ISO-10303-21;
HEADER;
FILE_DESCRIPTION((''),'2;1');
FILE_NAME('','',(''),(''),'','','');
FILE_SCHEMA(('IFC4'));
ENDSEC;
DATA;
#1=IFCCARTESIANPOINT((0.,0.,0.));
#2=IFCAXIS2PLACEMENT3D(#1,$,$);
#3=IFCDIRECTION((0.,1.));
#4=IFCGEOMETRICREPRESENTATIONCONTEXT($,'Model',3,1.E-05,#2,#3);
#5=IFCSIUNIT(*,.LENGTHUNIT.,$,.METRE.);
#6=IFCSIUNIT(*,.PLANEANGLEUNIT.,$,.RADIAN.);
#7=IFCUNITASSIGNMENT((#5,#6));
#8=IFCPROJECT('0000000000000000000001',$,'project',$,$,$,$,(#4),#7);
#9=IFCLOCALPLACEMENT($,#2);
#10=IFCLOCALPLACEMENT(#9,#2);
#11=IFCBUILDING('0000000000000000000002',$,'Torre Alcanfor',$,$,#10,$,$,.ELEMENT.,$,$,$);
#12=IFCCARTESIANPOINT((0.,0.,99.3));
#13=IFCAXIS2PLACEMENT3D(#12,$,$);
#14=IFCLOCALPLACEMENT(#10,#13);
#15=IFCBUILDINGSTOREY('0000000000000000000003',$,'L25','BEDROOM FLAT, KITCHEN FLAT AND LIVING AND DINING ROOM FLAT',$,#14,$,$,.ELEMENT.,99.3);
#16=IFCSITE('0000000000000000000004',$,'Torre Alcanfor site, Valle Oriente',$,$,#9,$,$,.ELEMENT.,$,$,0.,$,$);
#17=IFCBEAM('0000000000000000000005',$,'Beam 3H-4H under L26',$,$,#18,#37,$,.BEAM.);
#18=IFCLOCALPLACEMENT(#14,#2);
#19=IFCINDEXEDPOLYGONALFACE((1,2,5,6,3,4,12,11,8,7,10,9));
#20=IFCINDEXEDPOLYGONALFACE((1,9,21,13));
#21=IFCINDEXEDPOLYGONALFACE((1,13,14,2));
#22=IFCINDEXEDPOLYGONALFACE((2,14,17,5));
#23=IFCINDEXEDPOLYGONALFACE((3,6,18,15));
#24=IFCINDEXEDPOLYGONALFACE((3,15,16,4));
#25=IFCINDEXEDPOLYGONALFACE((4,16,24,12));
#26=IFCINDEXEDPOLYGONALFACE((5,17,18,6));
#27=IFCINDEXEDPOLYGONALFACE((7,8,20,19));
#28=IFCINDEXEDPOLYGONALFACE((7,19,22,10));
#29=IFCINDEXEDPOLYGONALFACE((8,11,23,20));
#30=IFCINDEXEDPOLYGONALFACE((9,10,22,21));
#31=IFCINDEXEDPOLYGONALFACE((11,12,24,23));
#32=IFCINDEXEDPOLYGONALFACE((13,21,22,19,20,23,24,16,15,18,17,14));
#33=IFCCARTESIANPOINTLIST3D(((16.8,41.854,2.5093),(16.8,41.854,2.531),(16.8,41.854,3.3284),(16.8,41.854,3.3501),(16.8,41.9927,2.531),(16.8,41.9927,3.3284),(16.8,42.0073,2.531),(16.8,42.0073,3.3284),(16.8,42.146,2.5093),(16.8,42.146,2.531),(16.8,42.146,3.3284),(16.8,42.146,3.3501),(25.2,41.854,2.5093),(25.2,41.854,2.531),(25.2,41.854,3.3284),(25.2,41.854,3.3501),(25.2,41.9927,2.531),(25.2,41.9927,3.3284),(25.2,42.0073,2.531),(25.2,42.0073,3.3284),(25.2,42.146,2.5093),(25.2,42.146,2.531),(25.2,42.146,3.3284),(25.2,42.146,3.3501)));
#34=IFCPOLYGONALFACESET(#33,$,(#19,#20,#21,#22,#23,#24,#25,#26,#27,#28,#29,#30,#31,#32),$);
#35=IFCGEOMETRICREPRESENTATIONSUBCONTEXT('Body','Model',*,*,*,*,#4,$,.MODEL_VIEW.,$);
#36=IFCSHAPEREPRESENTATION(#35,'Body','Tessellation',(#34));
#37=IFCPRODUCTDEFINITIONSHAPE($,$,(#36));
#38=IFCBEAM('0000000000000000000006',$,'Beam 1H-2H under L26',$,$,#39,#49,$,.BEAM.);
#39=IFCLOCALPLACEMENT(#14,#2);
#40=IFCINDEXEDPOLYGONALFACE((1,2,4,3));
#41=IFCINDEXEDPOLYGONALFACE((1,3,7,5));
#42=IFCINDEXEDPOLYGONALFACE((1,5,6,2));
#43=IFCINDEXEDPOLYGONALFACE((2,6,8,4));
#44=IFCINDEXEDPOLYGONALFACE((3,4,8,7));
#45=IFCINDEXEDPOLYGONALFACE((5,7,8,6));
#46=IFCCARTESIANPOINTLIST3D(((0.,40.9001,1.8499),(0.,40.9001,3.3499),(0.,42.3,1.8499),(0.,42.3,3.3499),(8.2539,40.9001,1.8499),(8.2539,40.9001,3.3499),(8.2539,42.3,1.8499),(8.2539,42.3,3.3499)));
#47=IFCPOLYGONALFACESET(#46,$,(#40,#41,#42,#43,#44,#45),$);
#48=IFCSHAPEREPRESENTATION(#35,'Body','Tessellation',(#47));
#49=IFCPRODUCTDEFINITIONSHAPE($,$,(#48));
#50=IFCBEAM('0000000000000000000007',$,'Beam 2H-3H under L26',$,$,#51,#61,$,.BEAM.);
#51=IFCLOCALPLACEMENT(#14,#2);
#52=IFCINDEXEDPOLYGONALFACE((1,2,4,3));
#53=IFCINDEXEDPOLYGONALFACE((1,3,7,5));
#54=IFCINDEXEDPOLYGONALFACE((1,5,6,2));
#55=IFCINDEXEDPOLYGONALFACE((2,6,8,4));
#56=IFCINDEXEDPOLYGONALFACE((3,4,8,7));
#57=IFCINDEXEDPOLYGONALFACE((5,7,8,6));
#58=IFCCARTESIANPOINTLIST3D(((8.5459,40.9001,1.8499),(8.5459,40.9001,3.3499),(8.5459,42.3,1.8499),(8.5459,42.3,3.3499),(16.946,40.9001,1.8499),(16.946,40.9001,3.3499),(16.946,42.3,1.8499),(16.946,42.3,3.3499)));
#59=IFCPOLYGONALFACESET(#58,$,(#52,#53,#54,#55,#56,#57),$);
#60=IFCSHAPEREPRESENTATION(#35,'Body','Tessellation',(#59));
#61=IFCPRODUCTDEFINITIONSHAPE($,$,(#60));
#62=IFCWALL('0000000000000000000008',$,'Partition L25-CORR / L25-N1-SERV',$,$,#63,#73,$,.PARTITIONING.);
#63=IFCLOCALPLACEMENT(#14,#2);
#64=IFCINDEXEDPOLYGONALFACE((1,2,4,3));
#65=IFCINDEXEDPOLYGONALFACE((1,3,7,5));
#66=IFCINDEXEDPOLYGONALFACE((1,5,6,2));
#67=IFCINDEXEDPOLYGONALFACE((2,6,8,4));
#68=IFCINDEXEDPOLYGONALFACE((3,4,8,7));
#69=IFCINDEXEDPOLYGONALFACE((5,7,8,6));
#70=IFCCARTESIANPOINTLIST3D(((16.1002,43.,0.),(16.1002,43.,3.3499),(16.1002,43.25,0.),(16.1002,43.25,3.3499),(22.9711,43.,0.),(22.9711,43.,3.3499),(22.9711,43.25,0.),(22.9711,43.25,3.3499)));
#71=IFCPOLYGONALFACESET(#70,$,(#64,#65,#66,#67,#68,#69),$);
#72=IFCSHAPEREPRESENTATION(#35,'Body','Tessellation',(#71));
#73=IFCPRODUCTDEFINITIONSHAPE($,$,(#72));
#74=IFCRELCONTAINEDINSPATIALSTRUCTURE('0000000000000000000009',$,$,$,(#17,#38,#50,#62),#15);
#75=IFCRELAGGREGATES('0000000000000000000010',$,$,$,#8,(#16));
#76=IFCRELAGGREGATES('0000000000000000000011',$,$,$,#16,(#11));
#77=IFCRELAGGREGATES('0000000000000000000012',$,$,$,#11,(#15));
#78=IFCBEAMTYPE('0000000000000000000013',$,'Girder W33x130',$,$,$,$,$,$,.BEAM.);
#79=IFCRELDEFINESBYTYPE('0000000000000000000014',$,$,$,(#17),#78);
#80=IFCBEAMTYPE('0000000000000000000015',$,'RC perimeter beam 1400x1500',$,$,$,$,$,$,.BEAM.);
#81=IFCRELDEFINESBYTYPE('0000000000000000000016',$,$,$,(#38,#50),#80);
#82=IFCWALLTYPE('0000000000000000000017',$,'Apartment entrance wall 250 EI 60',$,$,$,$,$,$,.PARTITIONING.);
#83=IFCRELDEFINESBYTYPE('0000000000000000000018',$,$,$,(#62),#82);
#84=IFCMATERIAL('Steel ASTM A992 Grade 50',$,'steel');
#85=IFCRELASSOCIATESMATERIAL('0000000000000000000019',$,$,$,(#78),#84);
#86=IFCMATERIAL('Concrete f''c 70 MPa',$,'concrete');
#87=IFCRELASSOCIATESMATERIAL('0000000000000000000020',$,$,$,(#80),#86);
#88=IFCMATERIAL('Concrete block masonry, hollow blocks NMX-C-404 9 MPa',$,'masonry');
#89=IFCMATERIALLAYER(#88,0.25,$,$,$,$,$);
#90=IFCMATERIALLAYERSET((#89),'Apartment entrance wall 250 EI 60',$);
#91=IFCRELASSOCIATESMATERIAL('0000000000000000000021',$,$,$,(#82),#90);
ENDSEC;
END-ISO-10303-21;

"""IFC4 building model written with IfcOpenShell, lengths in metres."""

from ifc_helpers import new_model, si_unit, direction, frame, frame_2d, origin, origin_2d, place, context, subcontext, project, spatial, rectangle, i_section, extrude, material, layer, layer_set, material_profile, profile_set, type_object, element, save


model = new_model("IFC4")

# Units and contexts
model_context = context("Model", 3, precision=1e-05, world=origin(), true_north=direction((0.0, 1.0)))
body_context = subcontext(model_context, "Body", "Model", "MODEL_VIEW")
ifc_project = project(units=[si_unit("LENGTHUNIT", "METRE"), si_unit("PLANEANGLEUNIT", "RADIAN")], contexts=[model_context])

# Site, building, storey
site_placement = place(None, origin())
site = spatial("IfcSite", under=ifc_project, at=site_placement, Name="Torre Alcanfor site, Valle Oriente", CompositionType="ELEMENT", RefElevation=0.0)
building_placement = place(site_placement, origin())
building = spatial("IfcBuilding", under=site, at=building_placement, Name="Torre Alcanfor", CompositionType="ELEMENT")
storey_placement = place(building_placement, frame((0.0, 0.0, 99.3)))
storey = spatial("IfcBuildingStorey", under=building, at=storey_placement, Name="L25", Description="BEDROOM FLAT, KITCHEN FLAT AND LIVING AND DINING ROOM FLAT", CompositionType="ELEMENT", Elevation=99.3)

# Beams
ifc_material_1 = material(Name="Steel ASTM A992 Grade 50", Category="steel")
ifc_material_profile_1 = material_profile(ifc_material_1, i_section(OverallWidth=0.292, OverallDepth=0.8408, WebThickness=0.0146, FlangeThickness=0.0217, at=origin_2d()), Name="W33x130")
ifc_profile_set_1 = profile_set([ifc_material_profile_1], Name="Steel ASTM A992 Grade 50")
beam_type_1 = type_object("IfcBeamType", Name="Girder W33x130", PredefinedType="BEAM", material=ifc_profile_set_1)
beam_1_placement = place(storey_placement, frame((16.8, 42.0, 2.9297), z_axis=(1.0, 0.0, 0.0), x_axis=(0.0, 1.0, 0.0)))
element("IfcBeam", 1, at=beam_1_placement, inside=storey, type_object=beam_type_1, Name="Beam 3H-4H under L26", PredefinedType="BEAM", context=body_context, shape_type="SweptSolid", body=[
    extrude(i_section(OverallWidth=0.292, OverallDepth=0.8408, WebThickness=0.0146, FlangeThickness=0.0217, at=origin_2d()), origin(), (0.0, 0.0, 1.0), 8.3999),
])
ifc_material_2 = material(Name="Concrete f'c 70 MPa", Category="concrete")
ifc_material_profile_2 = material_profile(ifc_material_2, rectangle(XDim=1.3999, YDim=1.5, at=origin_2d()), Name="1400x1500")
ifc_profile_set_2 = profile_set([ifc_material_profile_2], Name="Concrete f'c 70 MPa")
beam_type_2 = type_object("IfcBeamType", Name="RC perimeter beam 1400x1500", PredefinedType="BEAM", material=ifc_profile_set_2)
beam_2_placement = place(storey_placement, frame((0.0, 41.6001, 2.5999), z_axis=(1.0, 0.0, 0.0), x_axis=(0.0, 1.0, 0.0)))
element("IfcBeam", 2, at=beam_2_placement, inside=storey, type_object=beam_type_2, Name="Beam 1H-2H under L26", PredefinedType="BEAM", context=body_context, shape_type="SweptSolid", body=[
    extrude(rectangle(XDim=1.3999, YDim=1.5, at=origin_2d()), origin(), (0.0, 0.0, 1.0), 8.2539),
])
beam_3_placement = place(storey_placement, frame((8.5459, 41.6001, 2.5999), z_axis=(1.0, 0.0, 0.0), x_axis=(0.0, 1.0, 0.0)))
element("IfcBeam", 3, at=beam_3_placement, inside=storey, type_object=beam_type_2, Name="Beam 2H-3H under L26", PredefinedType="BEAM", context=body_context, shape_type="SweptSolid", body=[
    extrude(rectangle(XDim=1.3999, YDim=1.5, at=origin_2d()), origin(), (0.0, 0.0, 1.0), 8.4001),
])

# Wall
ifc_material_3 = material(Name="Concrete block masonry, hollow blocks NMX-C-404 9 MPa", Category="masonry")
ifc_layer_1 = layer(ifc_material_3, 0.25)
ifc_layer_set_1 = layer_set([ifc_layer_1], Name="Apartment entrance wall 250 EI 60")
wall_type_1 = type_object("IfcWallType", Name="Apartment entrance wall 250 EI 60", PredefinedType="PARTITIONING", material=ifc_layer_set_1)
wall_1_placement = place(storey_placement, frame((16.1001, 43.125, 0.0), z_axis=(0.0, 0.0, 1.0), x_axis=(1.0, 0.0, 0.0)))
element("IfcWall", 4, at=wall_1_placement, inside=storey, type_object=wall_type_1, Name="Partition L25-CORR / L25-N1-SERV", PredefinedType="PARTITIONING", context=body_context, shape_type="SweptSolid", body=[
    extrude(rectangle(XDim=6.8708, YDim=0.25, at=frame_2d((3.4355, 0.0))), origin(), (0.0, 0.0, 1.0), 3.3499),
])

save(model, "model.ifc")
